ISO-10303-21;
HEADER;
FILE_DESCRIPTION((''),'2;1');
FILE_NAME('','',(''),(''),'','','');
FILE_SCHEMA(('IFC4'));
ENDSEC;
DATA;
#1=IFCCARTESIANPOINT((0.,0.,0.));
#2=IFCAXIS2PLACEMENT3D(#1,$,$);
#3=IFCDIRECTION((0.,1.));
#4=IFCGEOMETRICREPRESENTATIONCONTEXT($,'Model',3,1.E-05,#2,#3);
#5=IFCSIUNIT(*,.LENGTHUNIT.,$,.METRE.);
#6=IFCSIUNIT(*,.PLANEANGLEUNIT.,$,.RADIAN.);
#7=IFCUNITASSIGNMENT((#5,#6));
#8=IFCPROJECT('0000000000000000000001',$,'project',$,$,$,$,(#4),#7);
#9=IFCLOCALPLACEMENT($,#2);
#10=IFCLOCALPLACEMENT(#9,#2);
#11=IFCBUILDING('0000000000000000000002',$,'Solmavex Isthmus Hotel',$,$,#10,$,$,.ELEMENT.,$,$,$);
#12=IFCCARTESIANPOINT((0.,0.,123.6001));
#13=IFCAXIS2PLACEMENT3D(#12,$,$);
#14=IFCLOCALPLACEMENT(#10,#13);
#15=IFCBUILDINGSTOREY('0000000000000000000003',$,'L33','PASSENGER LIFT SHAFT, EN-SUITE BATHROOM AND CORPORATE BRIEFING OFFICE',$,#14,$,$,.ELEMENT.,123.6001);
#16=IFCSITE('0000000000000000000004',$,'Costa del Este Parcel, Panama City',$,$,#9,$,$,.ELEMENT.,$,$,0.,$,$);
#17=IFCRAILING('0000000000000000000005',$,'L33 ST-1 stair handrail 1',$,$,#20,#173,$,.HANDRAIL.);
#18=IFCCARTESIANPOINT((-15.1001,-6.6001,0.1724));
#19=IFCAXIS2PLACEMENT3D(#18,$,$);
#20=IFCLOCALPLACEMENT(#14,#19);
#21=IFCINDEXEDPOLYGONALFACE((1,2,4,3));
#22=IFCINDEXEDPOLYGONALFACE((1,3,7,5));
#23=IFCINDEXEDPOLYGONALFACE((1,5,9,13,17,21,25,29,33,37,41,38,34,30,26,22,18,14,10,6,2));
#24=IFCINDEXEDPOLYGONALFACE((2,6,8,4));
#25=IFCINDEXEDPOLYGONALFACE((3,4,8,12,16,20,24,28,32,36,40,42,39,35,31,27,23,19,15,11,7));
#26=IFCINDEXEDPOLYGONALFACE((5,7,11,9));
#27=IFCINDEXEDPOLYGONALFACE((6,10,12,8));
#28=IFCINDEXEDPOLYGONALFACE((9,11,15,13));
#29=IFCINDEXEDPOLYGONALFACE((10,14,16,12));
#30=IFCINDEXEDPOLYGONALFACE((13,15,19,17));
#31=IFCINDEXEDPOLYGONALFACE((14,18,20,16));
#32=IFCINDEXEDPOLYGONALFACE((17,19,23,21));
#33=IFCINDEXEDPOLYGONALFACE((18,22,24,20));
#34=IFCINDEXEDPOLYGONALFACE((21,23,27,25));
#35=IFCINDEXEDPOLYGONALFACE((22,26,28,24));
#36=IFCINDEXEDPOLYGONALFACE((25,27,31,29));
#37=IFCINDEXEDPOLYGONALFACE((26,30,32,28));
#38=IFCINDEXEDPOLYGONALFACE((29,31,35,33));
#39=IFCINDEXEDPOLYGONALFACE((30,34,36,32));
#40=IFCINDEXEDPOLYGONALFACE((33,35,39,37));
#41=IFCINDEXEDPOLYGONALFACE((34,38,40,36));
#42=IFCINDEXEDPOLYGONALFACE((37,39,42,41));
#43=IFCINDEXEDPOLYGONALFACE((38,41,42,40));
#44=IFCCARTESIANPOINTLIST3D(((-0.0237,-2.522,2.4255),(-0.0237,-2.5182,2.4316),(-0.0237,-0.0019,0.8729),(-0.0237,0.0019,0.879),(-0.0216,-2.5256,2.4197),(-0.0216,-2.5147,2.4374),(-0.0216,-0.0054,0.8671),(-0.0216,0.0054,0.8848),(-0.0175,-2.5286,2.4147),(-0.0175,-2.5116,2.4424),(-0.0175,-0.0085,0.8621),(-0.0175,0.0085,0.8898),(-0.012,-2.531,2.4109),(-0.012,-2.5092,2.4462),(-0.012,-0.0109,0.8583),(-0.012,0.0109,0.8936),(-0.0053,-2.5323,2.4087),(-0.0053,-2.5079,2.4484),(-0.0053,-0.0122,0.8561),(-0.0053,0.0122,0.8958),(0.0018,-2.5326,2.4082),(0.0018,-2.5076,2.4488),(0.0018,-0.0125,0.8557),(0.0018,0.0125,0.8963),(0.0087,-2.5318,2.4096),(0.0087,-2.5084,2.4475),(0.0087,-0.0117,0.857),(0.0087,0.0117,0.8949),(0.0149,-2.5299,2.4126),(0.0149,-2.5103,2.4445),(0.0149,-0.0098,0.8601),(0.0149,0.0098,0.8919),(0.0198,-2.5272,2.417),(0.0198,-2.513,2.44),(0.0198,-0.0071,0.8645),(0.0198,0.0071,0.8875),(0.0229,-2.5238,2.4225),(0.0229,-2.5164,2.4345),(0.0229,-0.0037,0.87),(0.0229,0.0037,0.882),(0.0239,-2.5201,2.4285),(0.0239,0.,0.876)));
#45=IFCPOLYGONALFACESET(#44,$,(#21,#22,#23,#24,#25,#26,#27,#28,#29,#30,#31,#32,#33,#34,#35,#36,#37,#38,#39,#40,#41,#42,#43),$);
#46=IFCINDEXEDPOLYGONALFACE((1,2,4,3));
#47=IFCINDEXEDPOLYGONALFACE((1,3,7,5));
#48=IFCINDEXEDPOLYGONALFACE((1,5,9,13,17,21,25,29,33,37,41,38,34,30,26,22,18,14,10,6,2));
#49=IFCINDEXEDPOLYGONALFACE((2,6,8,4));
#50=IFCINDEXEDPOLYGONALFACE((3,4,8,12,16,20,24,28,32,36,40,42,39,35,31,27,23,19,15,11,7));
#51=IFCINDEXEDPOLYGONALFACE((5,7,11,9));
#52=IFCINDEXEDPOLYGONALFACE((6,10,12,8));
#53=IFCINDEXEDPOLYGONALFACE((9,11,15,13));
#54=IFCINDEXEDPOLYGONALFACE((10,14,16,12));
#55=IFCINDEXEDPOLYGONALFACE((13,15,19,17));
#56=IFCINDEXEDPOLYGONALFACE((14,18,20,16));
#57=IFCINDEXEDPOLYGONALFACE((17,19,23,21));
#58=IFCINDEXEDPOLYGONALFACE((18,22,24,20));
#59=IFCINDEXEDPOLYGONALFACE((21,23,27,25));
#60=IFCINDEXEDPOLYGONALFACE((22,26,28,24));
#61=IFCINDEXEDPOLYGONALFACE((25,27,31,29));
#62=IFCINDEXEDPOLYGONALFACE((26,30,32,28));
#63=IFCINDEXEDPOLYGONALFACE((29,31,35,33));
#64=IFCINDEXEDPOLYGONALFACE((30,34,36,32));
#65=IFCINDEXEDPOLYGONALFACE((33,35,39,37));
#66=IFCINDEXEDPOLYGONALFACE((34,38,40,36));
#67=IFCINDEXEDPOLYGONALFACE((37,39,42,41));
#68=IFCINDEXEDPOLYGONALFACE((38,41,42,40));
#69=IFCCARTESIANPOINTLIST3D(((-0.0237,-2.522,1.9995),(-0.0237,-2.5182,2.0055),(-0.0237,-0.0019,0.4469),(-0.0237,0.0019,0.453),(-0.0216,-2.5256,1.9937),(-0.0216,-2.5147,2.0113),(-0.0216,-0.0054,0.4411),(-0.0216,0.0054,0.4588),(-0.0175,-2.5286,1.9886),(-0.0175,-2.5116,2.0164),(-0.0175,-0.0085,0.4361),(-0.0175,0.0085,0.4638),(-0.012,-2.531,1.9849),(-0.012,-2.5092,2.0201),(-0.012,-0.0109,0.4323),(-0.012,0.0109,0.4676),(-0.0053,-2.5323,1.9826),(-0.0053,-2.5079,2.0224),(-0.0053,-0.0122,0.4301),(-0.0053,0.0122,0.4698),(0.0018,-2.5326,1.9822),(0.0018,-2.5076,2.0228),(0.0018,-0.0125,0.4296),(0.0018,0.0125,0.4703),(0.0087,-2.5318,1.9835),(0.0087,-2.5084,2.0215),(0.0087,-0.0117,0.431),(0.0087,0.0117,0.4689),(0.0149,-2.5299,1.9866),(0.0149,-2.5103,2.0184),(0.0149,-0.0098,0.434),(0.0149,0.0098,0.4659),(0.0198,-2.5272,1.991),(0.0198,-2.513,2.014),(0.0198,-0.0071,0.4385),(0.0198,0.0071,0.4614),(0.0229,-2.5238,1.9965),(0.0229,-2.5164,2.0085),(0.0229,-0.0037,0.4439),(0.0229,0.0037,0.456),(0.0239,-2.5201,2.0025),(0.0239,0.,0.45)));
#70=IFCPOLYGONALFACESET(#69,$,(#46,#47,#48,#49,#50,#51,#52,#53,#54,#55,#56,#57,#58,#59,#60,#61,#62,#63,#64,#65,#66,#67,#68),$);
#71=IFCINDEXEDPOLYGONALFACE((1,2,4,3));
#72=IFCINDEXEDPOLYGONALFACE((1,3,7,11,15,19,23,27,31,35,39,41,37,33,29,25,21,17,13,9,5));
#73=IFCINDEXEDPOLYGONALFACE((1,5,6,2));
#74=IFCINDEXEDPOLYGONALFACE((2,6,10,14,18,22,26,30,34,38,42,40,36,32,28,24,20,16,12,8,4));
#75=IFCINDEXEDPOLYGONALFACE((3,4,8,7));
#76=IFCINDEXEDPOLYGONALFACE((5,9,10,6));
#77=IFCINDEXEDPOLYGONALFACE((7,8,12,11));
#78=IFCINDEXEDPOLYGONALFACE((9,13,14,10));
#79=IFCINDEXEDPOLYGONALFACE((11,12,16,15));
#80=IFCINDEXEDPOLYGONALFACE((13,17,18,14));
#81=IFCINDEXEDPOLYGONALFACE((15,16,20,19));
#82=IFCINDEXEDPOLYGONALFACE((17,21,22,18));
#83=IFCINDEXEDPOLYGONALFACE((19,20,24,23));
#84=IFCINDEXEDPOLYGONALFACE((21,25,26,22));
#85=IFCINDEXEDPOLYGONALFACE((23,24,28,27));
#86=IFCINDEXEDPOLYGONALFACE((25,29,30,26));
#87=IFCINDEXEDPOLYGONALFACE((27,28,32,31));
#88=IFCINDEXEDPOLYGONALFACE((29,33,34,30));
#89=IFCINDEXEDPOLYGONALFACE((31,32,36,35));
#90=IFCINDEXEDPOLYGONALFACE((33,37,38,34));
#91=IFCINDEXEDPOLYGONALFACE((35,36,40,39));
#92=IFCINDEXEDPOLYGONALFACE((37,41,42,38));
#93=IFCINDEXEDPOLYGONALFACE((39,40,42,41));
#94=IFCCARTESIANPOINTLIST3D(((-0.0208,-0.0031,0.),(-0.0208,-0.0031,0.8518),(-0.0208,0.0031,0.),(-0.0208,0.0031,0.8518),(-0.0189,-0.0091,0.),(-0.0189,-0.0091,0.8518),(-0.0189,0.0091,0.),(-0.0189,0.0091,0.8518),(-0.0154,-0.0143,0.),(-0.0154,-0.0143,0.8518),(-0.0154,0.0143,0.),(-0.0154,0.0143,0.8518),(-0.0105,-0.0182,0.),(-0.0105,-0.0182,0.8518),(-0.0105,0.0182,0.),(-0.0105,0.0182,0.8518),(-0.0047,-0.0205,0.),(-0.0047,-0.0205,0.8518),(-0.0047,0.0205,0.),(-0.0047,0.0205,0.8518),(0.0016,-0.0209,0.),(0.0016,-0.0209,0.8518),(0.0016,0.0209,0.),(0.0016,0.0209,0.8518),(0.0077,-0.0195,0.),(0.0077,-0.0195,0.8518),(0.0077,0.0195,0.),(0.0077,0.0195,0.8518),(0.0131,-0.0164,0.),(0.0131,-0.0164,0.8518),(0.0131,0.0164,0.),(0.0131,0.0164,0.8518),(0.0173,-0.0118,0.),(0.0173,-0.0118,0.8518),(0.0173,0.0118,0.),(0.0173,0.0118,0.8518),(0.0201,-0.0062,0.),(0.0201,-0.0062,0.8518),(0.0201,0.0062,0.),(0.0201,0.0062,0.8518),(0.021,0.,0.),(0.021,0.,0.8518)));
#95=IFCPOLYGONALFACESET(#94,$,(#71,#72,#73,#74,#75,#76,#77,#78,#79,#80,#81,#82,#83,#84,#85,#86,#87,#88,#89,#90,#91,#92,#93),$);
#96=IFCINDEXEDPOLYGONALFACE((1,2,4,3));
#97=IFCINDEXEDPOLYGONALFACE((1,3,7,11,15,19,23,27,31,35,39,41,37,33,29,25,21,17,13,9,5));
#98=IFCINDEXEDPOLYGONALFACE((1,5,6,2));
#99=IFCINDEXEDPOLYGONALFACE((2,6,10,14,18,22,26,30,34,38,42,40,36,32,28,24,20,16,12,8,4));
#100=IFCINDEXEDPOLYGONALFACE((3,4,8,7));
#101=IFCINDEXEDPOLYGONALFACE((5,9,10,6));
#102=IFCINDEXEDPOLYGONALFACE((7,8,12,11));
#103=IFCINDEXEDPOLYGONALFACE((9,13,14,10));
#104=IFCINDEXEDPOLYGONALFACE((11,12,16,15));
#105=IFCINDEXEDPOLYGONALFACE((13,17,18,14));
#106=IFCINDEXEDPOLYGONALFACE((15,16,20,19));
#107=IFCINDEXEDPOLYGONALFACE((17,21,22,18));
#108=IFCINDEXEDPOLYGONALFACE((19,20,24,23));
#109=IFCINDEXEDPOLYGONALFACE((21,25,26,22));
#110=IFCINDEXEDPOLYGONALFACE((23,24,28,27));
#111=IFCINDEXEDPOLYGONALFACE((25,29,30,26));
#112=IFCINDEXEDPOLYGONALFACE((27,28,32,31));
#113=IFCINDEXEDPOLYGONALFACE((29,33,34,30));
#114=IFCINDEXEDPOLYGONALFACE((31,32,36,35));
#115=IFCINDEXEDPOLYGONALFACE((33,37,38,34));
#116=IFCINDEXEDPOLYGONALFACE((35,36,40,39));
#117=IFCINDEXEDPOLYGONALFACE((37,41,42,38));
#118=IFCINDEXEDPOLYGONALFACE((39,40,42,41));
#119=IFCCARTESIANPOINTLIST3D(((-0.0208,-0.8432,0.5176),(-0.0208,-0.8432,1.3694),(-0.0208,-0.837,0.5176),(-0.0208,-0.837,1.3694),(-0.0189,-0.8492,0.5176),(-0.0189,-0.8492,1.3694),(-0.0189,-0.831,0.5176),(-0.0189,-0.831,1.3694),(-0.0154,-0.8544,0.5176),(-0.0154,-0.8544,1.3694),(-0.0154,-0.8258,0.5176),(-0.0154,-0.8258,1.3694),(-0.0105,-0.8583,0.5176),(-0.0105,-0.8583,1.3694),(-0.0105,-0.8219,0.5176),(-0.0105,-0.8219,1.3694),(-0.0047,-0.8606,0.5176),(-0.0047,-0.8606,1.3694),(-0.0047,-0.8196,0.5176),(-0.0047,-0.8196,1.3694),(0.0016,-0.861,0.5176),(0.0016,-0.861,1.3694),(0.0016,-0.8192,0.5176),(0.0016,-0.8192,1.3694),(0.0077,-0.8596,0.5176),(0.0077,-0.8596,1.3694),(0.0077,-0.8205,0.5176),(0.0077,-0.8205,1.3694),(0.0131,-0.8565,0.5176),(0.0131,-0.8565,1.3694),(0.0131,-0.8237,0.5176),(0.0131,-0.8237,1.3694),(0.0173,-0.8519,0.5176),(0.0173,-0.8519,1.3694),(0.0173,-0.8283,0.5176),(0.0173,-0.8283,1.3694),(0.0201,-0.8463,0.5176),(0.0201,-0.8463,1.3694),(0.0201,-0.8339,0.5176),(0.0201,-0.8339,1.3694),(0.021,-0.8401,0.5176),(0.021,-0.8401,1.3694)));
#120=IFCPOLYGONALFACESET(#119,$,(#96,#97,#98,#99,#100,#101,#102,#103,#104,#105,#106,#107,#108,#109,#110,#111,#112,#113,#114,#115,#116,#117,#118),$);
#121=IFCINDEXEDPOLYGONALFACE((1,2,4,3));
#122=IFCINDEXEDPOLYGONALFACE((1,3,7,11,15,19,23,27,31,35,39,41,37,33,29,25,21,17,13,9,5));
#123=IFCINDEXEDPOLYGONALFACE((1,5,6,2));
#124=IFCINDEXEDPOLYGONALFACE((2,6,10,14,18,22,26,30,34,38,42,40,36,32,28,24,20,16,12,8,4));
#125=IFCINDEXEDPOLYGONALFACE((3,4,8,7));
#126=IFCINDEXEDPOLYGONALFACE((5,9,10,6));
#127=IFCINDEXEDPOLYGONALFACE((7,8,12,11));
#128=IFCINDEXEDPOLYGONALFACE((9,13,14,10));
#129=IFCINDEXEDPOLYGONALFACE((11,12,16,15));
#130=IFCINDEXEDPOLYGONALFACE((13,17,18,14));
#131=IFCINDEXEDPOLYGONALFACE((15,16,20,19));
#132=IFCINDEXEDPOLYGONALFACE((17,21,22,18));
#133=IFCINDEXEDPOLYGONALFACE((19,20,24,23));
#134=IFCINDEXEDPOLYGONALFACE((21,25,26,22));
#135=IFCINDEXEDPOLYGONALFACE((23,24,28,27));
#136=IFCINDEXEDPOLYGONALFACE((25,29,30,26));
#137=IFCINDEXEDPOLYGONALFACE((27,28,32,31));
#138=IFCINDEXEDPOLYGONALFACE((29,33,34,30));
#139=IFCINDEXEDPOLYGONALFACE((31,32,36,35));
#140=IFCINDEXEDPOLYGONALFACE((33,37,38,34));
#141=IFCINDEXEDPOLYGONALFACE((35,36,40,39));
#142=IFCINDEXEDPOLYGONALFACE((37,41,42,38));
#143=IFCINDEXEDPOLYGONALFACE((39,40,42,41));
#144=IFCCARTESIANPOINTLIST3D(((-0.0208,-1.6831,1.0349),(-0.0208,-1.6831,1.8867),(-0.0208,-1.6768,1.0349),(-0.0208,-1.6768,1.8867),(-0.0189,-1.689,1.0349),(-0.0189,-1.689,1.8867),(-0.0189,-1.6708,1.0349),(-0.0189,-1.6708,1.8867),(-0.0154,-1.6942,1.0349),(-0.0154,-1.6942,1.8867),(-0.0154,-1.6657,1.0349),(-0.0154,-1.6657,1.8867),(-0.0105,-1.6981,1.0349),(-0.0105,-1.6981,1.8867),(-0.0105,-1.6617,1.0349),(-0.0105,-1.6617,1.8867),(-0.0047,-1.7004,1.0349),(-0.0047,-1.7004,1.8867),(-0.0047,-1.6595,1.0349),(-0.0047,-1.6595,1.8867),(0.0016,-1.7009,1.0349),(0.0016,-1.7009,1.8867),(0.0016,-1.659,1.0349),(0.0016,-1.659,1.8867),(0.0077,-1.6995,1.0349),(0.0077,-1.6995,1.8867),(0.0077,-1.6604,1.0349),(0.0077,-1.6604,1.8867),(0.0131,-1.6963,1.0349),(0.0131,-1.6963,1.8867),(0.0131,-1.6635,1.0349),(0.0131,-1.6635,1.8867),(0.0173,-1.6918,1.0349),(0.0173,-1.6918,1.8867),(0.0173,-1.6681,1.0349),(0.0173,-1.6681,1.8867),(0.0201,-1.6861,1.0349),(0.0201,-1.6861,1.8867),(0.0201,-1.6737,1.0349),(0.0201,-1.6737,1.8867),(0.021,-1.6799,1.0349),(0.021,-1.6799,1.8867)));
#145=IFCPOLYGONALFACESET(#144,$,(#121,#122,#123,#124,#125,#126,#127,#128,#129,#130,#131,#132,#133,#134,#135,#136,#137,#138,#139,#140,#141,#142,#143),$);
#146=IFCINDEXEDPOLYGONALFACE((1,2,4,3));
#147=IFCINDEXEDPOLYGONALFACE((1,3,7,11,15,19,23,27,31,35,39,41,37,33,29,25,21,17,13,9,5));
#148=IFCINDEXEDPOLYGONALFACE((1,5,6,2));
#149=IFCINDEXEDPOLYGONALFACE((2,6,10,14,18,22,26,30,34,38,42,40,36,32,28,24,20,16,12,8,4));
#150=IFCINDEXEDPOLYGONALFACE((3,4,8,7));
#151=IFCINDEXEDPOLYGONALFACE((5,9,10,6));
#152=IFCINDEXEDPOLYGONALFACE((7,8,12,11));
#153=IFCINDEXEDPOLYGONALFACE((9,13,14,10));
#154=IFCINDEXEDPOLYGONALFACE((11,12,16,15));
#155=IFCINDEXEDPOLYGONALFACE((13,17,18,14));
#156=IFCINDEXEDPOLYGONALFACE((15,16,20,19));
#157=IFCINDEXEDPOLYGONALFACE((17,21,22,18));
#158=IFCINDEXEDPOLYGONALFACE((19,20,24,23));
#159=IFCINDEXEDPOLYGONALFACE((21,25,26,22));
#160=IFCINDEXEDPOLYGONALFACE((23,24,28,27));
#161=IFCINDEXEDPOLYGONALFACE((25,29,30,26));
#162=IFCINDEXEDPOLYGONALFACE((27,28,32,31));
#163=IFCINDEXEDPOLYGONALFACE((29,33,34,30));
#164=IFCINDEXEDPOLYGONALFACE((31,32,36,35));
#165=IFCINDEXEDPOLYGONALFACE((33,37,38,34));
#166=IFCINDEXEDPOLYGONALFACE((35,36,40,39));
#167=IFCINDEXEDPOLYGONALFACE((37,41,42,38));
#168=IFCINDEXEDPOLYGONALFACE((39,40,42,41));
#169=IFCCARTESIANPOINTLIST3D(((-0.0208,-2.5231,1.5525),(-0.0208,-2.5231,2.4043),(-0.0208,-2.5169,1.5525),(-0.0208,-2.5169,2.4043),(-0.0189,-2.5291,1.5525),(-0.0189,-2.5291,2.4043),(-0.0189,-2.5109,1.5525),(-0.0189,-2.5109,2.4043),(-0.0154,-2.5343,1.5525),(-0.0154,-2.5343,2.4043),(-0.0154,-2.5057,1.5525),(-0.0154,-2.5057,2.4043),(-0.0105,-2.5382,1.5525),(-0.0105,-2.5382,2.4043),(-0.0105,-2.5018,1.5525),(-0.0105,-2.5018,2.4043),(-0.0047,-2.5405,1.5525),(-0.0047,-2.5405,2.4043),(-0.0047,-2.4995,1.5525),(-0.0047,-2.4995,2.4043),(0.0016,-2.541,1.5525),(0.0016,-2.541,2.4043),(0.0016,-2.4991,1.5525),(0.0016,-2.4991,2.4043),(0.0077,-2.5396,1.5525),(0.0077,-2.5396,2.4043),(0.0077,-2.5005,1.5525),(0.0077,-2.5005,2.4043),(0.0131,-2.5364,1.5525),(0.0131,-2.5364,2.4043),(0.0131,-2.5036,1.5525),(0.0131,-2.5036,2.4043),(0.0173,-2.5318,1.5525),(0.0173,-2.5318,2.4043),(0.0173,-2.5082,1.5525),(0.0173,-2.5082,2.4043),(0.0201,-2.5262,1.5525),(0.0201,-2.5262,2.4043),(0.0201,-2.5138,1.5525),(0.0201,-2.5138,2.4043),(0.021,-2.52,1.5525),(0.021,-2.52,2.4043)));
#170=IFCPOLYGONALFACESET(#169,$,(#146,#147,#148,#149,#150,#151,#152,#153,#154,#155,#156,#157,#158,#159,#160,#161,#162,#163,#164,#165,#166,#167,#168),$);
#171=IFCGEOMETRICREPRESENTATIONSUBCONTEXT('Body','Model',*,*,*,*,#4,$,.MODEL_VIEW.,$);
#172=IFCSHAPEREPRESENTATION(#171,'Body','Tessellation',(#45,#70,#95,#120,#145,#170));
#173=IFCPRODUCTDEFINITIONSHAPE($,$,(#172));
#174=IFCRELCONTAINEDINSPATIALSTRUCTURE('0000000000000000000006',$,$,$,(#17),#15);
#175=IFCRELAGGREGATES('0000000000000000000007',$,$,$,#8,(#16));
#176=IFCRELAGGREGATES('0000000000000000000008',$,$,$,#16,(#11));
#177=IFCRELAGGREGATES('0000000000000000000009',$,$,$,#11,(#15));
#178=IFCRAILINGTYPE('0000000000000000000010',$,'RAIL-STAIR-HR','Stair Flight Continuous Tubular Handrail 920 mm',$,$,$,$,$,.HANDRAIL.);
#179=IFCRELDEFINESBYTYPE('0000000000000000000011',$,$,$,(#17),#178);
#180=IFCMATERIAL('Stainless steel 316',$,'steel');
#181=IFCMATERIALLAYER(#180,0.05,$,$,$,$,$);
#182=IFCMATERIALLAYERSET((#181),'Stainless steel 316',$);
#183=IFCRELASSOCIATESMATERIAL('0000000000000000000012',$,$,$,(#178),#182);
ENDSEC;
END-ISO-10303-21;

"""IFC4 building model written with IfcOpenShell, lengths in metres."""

from ifc_helpers import new_model, si_unit, direction, frame, origin, origin_2d, place, context, subcontext, project, spatial, circle, extrude, material, layer, layer_set, type_object, element, save


model = new_model("IFC4")

# Units and contexts
model_context = context("Model", 3, precision=1e-05, world=origin(), true_north=direction((0.0, 1.0)))
body_context = subcontext(model_context, "Body", "Model", "MODEL_VIEW")
ifc_project = project(units=[si_unit("LENGTHUNIT", "METRE"), si_unit("PLANEANGLEUNIT", "RADIAN")], contexts=[model_context])

# Site, building, storey
site_placement = place(None, origin())
site = spatial("IfcSite", under=ifc_project, at=site_placement, Name="Costa del Este Parcel, Panama City", CompositionType="ELEMENT", RefElevation=0.0)
building_placement = place(site_placement, origin())
building = spatial("IfcBuilding", under=site, at=building_placement, Name="Solmavex Isthmus Hotel", CompositionType="ELEMENT")
storey_placement = place(building_placement, frame((0.0, 0.0, 123.6001)))
storey = spatial("IfcBuildingStorey", under=building, at=storey_placement, Name="L33", Description="PASSENGER LIFT SHAFT, EN-SUITE BATHROOM AND CORPORATE BRIEFING OFFICE", CompositionType="ELEMENT", Elevation=123.6001)

# Shared definitions
ifc_material_1 = material(Name="Stainless steel 316", Category="steel")

# Railing
ifc_layer_1 = layer(ifc_material_1, 0.05)
ifc_layer_set_1 = layer_set([ifc_layer_1], Name="Stainless steel 316")
railing_type_1 = type_object("IfcRailingType", Name="RAIL-STAIR-HR", Description="Stair Flight Continuous Tubular Handrail 920 mm", PredefinedType="HANDRAIL", material=ifc_layer_set_1)
railing_1_placement = place(storey_placement, frame((-15.1001, -6.6001, 0.1724)))
element("IfcRailing", 1, at=railing_1_placement, inside=storey, type_object=railing_type_1, Name="L33 ST-1 stair handrail 1", PredefinedType="HANDRAIL", context=body_context, shape_type="SweptSolid", body=[
    extrude(circle(Radius=0.0239, at=origin_2d()), frame((0.0, 0.0, 0.876), z_axis=(0.0, -0.8514, 0.524516), x_axis=(1.0, 0.0, 0.0)), (0.0, 0.0, 1.0), 2.96),
    extrude(circle(Radius=0.0239, at=origin_2d()), frame((0.0, 0.0, 0.45), z_axis=(0.0, -0.8514, 0.524516), x_axis=(1.0, 0.0, 0.0)), (0.0, 0.0, 1.0), 2.96),
    extrude(circle(Radius=0.021, at=origin_2d()), origin(), (0.0, 0.0, 1.0), 0.8518),
    extrude(circle(Radius=0.021, at=origin_2d()), frame((0.0, -0.8401, 0.5176)), (0.0, 0.0, 1.0), 0.8518),
    extrude(circle(Radius=0.021, at=origin_2d()), frame((0.0, -1.6799, 1.0349)), (0.0, 0.0, 1.0), 0.8518),
    extrude(circle(Radius=0.021, at=origin_2d()), frame((0.0, -2.52, 1.5525)), (0.0, 0.0, 1.0), 0.8518),
])

save(model, "model.ifc")
